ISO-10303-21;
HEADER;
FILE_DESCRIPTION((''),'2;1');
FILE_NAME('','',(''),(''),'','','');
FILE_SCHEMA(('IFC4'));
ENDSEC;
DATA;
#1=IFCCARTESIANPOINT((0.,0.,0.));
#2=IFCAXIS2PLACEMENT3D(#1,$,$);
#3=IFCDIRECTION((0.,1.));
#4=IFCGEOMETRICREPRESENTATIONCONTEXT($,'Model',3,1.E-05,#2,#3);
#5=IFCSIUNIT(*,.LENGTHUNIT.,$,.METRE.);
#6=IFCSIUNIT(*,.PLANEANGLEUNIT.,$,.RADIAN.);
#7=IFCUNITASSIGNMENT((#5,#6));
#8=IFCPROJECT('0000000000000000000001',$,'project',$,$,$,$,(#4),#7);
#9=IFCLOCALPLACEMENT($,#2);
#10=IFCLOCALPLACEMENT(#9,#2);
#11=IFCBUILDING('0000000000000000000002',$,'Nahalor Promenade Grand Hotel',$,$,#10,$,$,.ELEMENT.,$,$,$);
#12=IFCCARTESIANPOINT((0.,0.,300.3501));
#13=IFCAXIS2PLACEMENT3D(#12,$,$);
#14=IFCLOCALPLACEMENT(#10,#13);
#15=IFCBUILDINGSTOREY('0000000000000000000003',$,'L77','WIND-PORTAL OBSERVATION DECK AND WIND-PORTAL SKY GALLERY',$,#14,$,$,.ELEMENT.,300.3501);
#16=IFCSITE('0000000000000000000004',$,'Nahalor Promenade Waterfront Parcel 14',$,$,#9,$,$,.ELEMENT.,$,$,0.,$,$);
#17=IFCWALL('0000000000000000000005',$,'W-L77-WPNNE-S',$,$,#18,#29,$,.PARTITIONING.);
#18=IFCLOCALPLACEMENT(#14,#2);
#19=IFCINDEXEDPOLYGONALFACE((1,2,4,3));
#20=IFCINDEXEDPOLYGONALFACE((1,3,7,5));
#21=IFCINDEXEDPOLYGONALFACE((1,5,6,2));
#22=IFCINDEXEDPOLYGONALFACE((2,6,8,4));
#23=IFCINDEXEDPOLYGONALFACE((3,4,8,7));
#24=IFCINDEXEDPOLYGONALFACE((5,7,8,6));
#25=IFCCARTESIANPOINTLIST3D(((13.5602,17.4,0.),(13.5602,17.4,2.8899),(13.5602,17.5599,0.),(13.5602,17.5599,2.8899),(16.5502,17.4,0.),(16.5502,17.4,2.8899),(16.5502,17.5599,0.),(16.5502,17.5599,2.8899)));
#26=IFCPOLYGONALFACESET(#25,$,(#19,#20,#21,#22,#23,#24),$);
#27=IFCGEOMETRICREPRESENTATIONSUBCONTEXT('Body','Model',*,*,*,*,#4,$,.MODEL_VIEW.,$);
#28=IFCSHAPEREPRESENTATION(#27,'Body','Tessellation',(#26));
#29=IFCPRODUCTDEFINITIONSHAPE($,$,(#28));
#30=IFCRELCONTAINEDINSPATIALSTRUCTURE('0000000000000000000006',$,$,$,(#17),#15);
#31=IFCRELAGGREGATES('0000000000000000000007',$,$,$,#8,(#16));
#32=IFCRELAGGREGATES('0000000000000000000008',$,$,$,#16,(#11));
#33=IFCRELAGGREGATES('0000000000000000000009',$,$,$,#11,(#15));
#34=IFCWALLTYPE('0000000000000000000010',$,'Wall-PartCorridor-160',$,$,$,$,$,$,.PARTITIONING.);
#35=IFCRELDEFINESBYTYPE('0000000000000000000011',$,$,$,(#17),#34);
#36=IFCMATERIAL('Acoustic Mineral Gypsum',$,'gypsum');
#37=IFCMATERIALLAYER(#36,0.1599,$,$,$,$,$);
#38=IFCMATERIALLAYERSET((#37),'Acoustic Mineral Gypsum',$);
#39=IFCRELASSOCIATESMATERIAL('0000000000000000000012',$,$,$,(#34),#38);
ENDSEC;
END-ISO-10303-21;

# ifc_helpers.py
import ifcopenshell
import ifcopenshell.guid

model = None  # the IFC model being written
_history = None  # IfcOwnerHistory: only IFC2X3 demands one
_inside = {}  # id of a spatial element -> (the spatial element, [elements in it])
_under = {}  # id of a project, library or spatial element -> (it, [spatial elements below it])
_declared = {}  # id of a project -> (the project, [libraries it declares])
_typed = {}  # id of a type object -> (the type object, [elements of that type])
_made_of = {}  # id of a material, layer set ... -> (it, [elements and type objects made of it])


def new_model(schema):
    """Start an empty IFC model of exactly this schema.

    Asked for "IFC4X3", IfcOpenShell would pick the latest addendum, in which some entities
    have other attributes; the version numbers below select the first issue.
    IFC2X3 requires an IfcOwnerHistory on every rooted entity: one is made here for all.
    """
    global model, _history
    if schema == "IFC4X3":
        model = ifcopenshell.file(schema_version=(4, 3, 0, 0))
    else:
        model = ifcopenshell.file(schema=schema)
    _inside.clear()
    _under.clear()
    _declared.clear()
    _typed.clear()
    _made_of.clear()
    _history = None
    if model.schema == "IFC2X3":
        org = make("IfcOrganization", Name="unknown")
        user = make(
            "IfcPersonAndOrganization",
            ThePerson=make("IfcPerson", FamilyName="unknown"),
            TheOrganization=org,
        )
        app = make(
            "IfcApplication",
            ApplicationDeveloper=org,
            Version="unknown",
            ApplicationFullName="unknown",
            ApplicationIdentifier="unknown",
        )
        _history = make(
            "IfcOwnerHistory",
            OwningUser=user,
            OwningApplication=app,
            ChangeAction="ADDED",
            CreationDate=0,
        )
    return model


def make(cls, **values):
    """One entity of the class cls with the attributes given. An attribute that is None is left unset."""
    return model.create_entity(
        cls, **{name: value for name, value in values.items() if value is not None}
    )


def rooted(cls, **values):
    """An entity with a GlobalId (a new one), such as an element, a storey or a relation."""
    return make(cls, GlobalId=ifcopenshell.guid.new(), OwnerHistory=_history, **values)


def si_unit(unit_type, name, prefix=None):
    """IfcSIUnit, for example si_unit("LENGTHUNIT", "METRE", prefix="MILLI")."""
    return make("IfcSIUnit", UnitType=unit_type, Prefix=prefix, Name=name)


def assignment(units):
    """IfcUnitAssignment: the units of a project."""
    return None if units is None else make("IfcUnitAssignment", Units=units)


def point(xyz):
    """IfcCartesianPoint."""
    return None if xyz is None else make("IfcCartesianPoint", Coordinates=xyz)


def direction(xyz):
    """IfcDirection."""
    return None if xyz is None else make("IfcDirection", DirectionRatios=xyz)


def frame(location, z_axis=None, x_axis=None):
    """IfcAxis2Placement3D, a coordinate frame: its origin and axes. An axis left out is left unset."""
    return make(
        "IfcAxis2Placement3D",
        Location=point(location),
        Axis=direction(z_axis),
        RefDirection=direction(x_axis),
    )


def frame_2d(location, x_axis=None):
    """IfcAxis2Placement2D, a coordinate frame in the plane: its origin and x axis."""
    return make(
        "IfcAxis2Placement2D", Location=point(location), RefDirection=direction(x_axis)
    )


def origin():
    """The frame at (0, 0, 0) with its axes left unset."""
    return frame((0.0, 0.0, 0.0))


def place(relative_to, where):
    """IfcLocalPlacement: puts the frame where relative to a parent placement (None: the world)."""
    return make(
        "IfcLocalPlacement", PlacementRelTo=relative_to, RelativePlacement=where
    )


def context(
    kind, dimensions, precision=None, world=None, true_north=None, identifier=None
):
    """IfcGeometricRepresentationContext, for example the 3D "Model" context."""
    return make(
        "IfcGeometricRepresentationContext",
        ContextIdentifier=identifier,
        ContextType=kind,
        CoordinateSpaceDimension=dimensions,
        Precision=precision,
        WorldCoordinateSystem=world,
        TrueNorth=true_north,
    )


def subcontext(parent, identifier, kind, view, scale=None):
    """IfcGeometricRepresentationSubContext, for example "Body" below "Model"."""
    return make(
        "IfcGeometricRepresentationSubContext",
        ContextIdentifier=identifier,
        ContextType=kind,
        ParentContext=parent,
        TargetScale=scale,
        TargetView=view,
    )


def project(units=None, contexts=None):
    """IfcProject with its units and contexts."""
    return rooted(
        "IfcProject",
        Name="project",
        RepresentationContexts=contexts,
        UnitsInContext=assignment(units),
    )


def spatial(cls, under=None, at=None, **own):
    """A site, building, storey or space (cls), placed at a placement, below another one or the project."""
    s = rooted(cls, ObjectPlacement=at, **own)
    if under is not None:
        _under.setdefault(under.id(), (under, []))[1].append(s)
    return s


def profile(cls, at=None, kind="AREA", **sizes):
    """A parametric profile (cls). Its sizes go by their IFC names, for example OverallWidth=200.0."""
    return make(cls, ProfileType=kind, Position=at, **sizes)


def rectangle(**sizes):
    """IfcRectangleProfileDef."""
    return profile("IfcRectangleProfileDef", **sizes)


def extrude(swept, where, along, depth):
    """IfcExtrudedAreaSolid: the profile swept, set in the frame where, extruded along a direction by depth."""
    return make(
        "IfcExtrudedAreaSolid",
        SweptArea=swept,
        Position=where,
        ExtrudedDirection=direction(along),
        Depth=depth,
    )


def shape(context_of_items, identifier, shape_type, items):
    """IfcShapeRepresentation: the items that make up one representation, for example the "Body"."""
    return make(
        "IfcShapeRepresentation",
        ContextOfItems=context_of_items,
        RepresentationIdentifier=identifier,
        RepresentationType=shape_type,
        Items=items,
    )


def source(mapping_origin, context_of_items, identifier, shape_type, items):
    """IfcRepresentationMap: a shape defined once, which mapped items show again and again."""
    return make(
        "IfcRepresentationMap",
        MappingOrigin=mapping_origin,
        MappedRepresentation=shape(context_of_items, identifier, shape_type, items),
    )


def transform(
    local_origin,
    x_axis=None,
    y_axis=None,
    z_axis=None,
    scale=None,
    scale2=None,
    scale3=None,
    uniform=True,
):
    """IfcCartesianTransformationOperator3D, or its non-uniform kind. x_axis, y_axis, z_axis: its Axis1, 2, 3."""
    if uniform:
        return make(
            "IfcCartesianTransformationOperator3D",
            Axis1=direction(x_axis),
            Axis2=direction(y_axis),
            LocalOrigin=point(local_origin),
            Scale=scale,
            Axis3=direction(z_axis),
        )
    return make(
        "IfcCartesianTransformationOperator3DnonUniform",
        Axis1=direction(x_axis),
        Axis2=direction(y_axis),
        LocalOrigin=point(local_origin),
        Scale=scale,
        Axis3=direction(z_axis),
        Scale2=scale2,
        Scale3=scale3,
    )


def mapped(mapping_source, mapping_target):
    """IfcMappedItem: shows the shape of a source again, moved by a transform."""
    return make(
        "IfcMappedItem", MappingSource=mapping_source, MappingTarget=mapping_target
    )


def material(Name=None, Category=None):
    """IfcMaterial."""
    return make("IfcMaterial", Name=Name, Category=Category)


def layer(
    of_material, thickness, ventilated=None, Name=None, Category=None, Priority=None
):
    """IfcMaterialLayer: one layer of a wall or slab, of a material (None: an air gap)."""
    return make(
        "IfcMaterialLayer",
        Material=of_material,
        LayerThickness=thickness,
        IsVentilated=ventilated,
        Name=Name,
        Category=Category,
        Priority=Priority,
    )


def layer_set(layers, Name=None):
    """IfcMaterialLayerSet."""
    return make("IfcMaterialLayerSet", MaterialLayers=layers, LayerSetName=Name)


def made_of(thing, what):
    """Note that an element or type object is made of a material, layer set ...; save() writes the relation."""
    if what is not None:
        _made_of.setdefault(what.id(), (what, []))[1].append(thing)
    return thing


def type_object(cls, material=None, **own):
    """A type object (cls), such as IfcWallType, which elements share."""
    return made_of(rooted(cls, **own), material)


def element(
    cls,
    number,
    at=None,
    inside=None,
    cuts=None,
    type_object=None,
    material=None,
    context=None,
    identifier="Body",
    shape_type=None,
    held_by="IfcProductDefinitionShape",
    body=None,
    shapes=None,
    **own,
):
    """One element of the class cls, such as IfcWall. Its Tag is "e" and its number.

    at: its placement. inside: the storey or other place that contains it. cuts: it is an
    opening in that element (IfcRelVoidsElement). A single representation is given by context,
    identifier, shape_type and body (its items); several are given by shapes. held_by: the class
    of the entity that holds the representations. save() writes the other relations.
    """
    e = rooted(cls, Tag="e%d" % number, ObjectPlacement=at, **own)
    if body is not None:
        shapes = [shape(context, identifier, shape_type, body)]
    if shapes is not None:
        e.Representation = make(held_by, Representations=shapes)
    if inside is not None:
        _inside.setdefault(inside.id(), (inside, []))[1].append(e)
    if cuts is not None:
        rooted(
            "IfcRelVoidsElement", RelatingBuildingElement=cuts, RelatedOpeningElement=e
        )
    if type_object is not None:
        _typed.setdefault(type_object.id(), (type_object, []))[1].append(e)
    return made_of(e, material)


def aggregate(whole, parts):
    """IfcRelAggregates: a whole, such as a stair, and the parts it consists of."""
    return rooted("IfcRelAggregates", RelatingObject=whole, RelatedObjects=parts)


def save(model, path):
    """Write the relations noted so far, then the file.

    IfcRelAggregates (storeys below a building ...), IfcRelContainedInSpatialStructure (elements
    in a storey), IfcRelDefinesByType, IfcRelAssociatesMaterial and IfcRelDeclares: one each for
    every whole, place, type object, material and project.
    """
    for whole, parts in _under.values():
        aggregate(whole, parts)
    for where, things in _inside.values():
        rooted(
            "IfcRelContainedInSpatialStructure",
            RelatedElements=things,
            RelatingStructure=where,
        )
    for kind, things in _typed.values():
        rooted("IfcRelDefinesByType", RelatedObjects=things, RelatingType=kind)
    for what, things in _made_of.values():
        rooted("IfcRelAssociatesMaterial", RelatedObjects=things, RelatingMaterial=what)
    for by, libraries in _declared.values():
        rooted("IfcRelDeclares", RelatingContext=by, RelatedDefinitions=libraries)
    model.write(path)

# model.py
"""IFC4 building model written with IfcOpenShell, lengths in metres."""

from ifc_helpers import new_model, si_unit, direction, frame, frame_2d, origin, place, context, subcontext, project, spatial, rectangle, extrude, source, transform, mapped, material, layer, layer_set, type_object, element, save


model = new_model("IFC4")

# Units and contexts
model_context = context("Model", 3, precision=1e-05, world=origin(), true_north=direction((0.0, 1.0)))
body_context = subcontext(model_context, "Body", "Model", "MODEL_VIEW")
ifc_project = project(units=[si_unit("LENGTHUNIT", "METRE"), si_unit("PLANEANGLEUNIT", "RADIAN")], contexts=[model_context])

# Site, building, storey
site_placement = place(None, origin())
site = spatial("IfcSite", under=ifc_project, at=site_placement, Name="Nahalor Promenade Waterfront Parcel 14", CompositionType="ELEMENT", RefElevation=0.0)
building_placement = place(site_placement, origin())
building = spatial("IfcBuilding", under=site, at=building_placement, Name="Nahalor Promenade Grand Hotel", CompositionType="ELEMENT")
storey_placement = place(building_placement, frame((0.0, 0.0, 300.3501)))
storey = spatial("IfcBuildingStorey", under=building, at=storey_placement, Name="L77", Description="WIND-PORTAL OBSERVATION DECK AND WIND-PORTAL SKY GALLERY", CompositionType="ELEMENT", Elevation=300.3501)

# Shared definitions
ifc_material_1 = material(Name="Acoustic Mineral Gypsum", Category="gypsum")

# Shared definitions
ifc_layer_1 = layer(ifc_material_1, 0.1599)
ifc_layer_set_1 = layer_set([ifc_layer_1], Name="Acoustic Mineral Gypsum")
wall_type_1 = type_object("IfcWallType", Name="Wall-PartCorridor-160", PredefinedType="PARTITIONING", material=ifc_layer_set_1)

# Wall
shared_shape_1 = source(origin(), body_context, "Body", "SweptSolid", [
    extrude(rectangle(XDim=2.99, YDim=0.1599, at=frame_2d((1.4951, 0.0))), origin(), (0.0, 0.0, 1.0), 2.8899),
])
wall_1_placement = place(storey_placement, frame((13.5601, 17.48, 0.0), z_axis=(0.0, 0.0, 1.0), x_axis=(1.0, 0.0, 0.0)))
element("IfcWall", 1, at=wall_1_placement, inside=storey, type_object=wall_type_1, Name="W-L77-WPNNE-S", PredefinedType="PARTITIONING", context=body_context, shape_type="MappedRepresentation", body=[
    mapped(shared_shape_1, transform((0.0, 0.0, 0.0), scale=1.0)),
])

save(model, "model.ifc")
